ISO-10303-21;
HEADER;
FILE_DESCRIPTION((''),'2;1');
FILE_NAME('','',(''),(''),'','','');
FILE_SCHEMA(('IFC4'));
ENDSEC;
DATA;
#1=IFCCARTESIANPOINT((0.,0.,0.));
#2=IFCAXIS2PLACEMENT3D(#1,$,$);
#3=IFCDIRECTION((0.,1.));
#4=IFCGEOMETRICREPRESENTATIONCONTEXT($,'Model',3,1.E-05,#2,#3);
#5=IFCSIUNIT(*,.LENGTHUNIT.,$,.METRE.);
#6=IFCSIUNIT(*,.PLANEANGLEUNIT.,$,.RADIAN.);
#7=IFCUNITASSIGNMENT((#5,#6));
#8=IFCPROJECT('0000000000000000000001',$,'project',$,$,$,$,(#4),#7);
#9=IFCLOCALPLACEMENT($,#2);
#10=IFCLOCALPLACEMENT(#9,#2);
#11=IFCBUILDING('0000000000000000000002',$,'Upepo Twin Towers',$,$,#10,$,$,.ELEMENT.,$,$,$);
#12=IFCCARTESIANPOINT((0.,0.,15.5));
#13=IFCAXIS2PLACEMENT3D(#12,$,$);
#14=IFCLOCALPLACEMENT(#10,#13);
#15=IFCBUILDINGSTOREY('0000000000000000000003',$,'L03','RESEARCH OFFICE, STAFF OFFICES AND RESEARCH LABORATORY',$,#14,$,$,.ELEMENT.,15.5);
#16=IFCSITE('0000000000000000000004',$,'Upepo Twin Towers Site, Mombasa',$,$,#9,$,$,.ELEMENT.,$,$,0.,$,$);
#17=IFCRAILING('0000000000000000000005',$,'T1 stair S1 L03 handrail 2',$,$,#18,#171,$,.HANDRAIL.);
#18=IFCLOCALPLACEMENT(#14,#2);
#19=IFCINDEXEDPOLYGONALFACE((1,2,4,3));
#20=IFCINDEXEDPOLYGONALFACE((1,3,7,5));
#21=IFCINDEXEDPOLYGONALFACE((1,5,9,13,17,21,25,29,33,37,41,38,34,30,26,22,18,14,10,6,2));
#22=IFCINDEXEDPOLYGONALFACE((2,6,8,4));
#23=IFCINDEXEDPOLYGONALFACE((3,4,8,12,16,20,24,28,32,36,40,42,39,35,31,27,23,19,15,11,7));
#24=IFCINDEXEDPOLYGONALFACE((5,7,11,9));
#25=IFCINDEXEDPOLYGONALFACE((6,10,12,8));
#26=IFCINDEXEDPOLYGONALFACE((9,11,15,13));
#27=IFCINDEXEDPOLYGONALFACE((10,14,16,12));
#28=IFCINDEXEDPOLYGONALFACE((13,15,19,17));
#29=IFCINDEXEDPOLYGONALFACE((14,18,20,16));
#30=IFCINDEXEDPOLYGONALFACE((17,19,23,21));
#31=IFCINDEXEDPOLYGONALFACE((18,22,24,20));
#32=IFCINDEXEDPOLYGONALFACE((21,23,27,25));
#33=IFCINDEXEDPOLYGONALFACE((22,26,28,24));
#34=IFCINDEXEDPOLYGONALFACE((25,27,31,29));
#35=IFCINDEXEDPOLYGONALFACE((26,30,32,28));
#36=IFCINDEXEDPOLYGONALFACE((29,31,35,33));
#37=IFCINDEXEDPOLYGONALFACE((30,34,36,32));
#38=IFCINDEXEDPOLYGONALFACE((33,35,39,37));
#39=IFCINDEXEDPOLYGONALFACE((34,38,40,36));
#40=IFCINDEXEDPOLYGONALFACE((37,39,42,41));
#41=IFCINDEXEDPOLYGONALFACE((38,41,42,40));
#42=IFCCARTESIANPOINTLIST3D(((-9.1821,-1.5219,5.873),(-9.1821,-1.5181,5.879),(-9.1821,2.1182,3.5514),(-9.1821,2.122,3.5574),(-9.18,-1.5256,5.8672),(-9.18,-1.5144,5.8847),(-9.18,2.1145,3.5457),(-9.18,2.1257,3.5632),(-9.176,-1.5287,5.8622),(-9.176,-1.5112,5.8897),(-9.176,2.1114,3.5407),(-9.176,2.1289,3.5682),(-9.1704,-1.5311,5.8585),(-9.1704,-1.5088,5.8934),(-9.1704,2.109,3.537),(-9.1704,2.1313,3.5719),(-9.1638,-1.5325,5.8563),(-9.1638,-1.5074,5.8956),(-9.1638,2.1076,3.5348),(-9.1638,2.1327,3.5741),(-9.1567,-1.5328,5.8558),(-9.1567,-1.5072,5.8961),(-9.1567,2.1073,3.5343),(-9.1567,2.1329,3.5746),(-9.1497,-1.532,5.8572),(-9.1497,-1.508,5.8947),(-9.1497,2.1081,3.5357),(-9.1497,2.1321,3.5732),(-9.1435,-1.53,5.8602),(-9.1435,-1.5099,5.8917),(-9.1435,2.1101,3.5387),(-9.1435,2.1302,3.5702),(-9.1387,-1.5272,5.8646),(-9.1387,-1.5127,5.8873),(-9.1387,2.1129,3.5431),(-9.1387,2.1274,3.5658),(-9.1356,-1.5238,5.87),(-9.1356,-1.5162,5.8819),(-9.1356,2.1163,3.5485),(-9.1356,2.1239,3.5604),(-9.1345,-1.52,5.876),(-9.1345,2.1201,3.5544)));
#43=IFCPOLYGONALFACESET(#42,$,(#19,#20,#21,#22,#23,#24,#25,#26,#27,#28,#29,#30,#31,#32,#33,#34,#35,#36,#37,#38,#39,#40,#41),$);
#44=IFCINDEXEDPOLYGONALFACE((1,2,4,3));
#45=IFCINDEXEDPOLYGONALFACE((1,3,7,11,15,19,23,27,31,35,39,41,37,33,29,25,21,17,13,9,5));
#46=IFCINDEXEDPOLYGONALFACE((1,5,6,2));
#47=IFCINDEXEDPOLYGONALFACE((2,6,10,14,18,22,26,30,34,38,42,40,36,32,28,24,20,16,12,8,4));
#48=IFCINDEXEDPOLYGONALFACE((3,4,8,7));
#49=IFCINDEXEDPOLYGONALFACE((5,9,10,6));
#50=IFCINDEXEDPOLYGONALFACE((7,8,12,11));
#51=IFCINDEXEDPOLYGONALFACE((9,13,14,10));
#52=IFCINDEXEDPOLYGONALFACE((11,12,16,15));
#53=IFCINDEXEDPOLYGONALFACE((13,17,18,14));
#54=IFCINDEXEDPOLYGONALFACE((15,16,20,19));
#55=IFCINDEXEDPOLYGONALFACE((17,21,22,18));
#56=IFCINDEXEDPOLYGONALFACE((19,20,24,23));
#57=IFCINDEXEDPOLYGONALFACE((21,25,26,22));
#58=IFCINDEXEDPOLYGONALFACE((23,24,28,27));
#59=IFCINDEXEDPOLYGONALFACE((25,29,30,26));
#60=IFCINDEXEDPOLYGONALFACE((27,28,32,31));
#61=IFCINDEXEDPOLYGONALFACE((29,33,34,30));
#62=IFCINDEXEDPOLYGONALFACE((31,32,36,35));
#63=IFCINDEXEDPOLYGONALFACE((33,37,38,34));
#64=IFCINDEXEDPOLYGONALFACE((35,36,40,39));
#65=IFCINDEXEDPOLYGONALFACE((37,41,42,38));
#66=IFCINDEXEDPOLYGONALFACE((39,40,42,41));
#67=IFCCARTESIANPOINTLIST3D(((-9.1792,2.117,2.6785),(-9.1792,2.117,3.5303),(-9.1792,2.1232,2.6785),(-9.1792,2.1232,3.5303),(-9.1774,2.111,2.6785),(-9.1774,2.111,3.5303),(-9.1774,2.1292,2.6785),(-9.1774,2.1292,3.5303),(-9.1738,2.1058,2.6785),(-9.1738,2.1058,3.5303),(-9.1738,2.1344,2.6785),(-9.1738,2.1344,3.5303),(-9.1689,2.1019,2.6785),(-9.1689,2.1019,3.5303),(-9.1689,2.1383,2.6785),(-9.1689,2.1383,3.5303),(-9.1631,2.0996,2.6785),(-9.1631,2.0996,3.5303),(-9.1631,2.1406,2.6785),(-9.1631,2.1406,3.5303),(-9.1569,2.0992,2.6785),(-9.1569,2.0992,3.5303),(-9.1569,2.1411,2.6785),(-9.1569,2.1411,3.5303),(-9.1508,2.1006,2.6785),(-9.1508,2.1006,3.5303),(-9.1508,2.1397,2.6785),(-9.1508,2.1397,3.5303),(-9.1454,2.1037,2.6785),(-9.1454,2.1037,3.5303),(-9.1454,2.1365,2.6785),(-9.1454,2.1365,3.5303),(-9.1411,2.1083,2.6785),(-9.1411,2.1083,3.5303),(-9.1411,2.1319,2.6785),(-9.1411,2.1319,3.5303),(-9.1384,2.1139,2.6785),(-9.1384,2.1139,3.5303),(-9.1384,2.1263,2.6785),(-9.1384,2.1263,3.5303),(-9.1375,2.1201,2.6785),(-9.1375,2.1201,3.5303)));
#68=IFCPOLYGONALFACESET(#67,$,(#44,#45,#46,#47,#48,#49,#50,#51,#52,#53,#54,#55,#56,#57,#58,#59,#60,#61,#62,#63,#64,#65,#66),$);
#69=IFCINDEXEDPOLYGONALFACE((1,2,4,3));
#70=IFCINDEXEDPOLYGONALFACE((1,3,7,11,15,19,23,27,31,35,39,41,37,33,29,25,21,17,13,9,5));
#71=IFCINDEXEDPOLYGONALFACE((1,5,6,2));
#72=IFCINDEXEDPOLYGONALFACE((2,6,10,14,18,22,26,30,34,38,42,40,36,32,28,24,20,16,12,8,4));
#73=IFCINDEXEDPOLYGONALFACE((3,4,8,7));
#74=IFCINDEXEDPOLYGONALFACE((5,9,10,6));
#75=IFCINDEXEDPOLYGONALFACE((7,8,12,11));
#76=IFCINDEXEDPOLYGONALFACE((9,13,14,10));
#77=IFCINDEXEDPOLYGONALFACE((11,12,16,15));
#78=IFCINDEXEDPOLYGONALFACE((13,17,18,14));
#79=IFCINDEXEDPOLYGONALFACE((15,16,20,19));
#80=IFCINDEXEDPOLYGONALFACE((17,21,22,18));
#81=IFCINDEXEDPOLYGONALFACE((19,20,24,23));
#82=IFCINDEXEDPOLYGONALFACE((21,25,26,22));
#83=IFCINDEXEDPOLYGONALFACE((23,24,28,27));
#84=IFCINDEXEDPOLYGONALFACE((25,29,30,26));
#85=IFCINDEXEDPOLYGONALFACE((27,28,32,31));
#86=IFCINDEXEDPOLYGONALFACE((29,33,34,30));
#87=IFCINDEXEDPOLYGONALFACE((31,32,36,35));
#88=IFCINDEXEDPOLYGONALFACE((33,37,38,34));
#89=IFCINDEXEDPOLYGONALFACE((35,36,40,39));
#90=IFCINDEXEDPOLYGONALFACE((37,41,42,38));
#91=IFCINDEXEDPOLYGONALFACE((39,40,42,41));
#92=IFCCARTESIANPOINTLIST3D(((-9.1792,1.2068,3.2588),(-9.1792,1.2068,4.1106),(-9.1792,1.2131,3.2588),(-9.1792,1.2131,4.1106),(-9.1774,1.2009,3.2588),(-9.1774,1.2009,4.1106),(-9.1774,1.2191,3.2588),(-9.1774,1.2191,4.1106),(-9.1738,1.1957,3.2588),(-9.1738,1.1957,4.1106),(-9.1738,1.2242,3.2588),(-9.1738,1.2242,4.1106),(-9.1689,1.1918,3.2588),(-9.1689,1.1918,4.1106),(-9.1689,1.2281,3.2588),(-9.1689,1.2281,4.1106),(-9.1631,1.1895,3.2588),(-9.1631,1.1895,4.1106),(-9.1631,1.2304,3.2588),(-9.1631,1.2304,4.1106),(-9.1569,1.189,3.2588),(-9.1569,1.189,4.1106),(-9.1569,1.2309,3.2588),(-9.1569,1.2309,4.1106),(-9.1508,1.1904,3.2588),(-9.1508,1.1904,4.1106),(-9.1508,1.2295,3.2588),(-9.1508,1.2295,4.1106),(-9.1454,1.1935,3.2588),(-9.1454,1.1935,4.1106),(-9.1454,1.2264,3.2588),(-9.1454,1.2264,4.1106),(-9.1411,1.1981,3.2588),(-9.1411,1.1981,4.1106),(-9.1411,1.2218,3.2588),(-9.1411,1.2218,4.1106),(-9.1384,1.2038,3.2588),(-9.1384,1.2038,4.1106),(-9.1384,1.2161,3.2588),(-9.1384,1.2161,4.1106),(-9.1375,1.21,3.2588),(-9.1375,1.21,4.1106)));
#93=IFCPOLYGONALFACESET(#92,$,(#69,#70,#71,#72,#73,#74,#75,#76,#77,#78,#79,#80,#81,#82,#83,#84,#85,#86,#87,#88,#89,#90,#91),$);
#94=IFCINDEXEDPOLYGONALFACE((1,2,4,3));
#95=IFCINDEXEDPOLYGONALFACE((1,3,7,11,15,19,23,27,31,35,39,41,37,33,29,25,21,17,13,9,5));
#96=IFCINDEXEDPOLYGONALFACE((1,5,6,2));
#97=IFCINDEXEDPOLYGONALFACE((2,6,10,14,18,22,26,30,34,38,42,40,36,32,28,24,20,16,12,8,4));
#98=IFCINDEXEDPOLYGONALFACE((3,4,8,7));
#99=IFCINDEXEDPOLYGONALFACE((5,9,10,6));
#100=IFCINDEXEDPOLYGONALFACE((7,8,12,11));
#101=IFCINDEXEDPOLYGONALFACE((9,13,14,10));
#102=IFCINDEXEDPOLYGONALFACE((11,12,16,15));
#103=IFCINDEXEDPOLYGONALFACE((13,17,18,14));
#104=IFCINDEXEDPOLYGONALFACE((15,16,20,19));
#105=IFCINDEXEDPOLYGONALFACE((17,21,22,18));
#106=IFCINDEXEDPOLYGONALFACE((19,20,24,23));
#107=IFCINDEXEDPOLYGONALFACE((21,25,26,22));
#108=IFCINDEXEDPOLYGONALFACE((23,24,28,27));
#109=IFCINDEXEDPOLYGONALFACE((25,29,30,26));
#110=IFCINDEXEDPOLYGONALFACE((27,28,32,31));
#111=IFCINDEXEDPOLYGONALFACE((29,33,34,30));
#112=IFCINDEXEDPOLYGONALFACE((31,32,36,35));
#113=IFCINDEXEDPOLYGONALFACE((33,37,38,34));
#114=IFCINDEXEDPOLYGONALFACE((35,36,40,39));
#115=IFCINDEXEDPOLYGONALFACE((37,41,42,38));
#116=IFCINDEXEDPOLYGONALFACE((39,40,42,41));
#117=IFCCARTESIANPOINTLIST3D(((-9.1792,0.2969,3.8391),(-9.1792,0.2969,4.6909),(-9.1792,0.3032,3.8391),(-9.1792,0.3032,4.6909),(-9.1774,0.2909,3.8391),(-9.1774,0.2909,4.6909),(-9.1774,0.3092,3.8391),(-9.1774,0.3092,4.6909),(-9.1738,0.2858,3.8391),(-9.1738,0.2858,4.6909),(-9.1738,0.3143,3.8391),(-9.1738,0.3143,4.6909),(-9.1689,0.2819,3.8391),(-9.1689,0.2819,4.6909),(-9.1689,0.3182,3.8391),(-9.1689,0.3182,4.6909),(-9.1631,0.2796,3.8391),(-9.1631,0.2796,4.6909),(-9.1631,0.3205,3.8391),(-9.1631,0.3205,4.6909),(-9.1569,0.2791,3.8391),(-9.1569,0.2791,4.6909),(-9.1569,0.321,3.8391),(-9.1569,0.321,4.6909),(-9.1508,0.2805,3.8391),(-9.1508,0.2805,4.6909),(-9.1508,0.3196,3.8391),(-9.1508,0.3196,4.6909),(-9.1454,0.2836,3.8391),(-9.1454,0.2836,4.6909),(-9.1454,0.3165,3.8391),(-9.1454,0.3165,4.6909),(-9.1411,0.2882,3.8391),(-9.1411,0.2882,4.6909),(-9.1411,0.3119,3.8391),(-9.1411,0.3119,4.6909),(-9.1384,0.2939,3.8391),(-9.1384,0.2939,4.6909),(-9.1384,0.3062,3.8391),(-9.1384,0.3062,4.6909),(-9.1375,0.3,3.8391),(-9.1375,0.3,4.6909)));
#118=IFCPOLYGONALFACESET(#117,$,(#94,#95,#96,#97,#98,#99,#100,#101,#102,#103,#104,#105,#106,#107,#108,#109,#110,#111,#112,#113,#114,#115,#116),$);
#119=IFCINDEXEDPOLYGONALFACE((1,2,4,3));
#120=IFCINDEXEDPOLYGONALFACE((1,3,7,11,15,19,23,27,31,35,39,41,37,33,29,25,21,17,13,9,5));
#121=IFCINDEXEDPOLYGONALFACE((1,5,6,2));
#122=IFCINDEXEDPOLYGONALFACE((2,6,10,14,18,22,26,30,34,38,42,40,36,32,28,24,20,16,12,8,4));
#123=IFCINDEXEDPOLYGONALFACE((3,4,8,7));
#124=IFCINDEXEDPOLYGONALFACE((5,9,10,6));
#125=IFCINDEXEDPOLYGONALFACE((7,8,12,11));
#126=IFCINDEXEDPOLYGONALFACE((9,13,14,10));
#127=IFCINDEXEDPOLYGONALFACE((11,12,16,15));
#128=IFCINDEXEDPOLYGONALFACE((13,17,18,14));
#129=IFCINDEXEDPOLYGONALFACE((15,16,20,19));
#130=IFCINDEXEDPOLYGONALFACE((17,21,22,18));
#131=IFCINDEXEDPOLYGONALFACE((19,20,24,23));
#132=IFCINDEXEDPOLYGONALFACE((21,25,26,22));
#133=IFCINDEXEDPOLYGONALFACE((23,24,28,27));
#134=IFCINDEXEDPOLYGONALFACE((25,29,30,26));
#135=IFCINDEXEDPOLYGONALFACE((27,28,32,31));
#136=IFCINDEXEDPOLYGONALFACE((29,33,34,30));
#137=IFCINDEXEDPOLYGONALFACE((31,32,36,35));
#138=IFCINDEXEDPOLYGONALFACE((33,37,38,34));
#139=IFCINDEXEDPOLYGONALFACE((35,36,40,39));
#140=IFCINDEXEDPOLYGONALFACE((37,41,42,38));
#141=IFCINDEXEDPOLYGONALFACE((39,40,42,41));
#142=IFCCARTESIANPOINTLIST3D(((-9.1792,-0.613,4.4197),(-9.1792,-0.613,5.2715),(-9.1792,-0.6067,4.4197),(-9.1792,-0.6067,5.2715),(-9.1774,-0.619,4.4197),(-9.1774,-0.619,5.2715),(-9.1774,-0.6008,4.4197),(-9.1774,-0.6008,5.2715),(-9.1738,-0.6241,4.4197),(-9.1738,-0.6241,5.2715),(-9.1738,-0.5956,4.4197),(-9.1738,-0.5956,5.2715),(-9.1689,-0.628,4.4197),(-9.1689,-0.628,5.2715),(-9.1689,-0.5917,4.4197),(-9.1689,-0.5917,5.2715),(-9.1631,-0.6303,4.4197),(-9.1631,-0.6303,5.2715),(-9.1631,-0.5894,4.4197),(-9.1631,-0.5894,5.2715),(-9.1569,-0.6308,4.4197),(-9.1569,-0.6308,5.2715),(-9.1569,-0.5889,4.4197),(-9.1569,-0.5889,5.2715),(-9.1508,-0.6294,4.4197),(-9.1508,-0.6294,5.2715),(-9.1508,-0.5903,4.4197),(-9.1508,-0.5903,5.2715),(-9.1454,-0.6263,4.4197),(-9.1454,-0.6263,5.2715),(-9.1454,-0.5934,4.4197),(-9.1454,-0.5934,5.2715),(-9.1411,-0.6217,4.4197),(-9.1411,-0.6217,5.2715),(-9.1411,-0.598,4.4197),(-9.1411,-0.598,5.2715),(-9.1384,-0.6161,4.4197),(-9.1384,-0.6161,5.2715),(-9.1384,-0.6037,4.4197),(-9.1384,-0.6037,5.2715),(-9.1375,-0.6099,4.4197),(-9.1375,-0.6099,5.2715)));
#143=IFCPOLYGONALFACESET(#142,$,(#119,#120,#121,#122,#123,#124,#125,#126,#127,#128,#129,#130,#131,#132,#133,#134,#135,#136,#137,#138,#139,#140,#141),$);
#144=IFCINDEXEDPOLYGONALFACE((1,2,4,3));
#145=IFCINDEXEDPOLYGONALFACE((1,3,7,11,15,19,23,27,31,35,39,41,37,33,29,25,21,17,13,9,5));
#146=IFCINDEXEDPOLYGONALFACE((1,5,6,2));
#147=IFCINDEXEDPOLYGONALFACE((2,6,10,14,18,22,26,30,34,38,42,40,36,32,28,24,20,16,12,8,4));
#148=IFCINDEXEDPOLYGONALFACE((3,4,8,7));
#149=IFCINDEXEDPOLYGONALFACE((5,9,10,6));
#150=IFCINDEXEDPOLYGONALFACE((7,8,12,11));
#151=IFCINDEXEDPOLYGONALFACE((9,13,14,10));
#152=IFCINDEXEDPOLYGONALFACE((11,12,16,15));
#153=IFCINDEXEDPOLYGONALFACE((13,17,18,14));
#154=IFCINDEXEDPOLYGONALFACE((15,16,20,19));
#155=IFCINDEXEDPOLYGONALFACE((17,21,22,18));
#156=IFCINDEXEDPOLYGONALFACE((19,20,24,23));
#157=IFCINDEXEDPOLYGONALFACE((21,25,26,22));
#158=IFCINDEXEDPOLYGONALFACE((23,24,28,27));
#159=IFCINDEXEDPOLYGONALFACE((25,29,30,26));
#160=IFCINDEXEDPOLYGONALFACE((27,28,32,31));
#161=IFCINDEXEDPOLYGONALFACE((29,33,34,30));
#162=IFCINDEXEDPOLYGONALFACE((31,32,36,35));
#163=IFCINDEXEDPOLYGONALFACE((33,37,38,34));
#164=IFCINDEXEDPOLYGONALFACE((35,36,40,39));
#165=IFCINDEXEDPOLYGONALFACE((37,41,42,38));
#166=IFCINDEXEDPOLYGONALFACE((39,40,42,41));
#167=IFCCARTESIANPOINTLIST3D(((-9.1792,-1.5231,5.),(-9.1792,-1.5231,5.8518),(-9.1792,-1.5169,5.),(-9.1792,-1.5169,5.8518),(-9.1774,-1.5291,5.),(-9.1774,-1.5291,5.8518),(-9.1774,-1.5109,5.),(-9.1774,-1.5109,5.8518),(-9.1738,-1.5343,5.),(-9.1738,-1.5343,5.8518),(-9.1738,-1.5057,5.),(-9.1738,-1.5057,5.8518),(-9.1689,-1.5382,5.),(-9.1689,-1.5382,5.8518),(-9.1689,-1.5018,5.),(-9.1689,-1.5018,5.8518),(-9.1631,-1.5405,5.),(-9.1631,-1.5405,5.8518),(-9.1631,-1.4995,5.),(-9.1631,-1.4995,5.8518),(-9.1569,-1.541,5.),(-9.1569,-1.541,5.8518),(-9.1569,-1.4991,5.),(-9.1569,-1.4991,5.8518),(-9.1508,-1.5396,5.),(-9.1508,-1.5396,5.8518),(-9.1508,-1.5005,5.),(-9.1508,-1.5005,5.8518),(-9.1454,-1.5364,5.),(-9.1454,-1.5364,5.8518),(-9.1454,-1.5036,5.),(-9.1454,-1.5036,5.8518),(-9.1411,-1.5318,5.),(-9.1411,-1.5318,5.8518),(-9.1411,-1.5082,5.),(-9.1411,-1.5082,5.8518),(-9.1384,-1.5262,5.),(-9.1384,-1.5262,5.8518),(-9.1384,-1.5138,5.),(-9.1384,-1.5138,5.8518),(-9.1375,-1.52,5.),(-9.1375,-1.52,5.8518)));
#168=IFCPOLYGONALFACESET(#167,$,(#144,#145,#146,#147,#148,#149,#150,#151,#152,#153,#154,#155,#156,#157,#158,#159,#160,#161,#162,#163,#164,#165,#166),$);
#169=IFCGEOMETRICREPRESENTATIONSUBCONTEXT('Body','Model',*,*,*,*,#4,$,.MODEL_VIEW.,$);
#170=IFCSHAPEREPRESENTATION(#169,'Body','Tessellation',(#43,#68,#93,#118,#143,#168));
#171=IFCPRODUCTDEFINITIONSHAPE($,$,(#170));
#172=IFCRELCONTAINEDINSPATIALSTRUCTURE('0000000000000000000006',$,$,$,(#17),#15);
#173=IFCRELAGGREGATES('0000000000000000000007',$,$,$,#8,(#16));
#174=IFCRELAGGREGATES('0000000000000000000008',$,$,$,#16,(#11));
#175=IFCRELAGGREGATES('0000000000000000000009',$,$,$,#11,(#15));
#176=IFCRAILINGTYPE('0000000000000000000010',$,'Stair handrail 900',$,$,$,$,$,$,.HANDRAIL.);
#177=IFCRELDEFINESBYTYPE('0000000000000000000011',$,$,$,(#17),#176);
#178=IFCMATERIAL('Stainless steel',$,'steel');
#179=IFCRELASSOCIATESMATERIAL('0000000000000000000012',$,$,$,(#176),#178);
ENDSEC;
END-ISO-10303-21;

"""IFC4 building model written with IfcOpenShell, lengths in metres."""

from ifc_helpers import new_model, si_unit, direction, frame, origin, origin_2d, place, context, subcontext, project, spatial, circle, extrude, material, type_object, element, save


model = new_model("IFC4")

# Units and contexts
model_context = context("Model", 3, precision=1e-05, world=origin(), true_north=direction((0.0, 1.0)))
body_context = subcontext(model_context, "Body", "Model", "MODEL_VIEW")
ifc_project = project(units=[si_unit("LENGTHUNIT", "METRE"), si_unit("PLANEANGLEUNIT", "RADIAN")], contexts=[model_context])

# Site, building, storey
site_placement = place(None, origin())
site = spatial("IfcSite", under=ifc_project, at=site_placement, Name="Upepo Twin Towers Site, Mombasa", CompositionType="ELEMENT", RefElevation=0.0)
building_placement = place(site_placement, origin())
building = spatial("IfcBuilding", under=site, at=building_placement, Name="Upepo Twin Towers", CompositionType="ELEMENT")
storey_placement = place(building_placement, frame((0.0, 0.0, 15.5)))
storey = spatial("IfcBuildingStorey", under=building, at=storey_placement, Name="L03", Description="RESEARCH OFFICE, STAFF OFFICES AND RESEARCH LABORATORY", CompositionType="ELEMENT", Elevation=15.5)

# Railing
ifc_material_1 = material(Name="Stainless steel", Category="steel")
railing_type = type_object("IfcRailingType", Name="Stair handrail 900", PredefinedType="HANDRAIL", material=ifc_material_1)
railing_placement = place(storey_placement, frame((-9.1584, 2.1201, 2.6785)))
element("IfcRailing", 1, at=railing_placement, inside=storey, type_object=railing_type, Name="T1 stair S1 L03 handrail 2", PredefinedType="HANDRAIL", context=body_context, shape_type="SweptSolid", body=[
    extrude(circle(Radius=0.0239, at=origin_2d()), frame((0.0, 0.0, 0.876), z_axis=(0.0, -0.843128, 0.537713), x_axis=(1.0, 0.0, 0.0)), (0.0, 0.0, 1.0), 4.3174),
    extrude(circle(Radius=0.021, at=origin_2d()), origin(), (0.0, 0.0, 1.0), 0.8518),
    extrude(circle(Radius=0.021, at=origin_2d()), frame((0.0, -0.9102, 0.5803)), (0.0, 0.0, 1.0), 0.8518),
    extrude(circle(Radius=0.021, at=origin_2d()), frame((0.0, -1.8201, 1.1606)), (0.0, 0.0, 1.0), 0.8518),
    extrude(circle(Radius=0.021, at=origin_2d()), frame((0.0, -2.73, 1.7412)), (0.0, 0.0, 1.0), 0.8518),
    extrude(circle(Radius=0.021, at=origin_2d()), frame((0.0, -3.6401, 2.3215)), (0.0, 0.0, 1.0), 0.8518),
])

save(model, "model.ifc")
